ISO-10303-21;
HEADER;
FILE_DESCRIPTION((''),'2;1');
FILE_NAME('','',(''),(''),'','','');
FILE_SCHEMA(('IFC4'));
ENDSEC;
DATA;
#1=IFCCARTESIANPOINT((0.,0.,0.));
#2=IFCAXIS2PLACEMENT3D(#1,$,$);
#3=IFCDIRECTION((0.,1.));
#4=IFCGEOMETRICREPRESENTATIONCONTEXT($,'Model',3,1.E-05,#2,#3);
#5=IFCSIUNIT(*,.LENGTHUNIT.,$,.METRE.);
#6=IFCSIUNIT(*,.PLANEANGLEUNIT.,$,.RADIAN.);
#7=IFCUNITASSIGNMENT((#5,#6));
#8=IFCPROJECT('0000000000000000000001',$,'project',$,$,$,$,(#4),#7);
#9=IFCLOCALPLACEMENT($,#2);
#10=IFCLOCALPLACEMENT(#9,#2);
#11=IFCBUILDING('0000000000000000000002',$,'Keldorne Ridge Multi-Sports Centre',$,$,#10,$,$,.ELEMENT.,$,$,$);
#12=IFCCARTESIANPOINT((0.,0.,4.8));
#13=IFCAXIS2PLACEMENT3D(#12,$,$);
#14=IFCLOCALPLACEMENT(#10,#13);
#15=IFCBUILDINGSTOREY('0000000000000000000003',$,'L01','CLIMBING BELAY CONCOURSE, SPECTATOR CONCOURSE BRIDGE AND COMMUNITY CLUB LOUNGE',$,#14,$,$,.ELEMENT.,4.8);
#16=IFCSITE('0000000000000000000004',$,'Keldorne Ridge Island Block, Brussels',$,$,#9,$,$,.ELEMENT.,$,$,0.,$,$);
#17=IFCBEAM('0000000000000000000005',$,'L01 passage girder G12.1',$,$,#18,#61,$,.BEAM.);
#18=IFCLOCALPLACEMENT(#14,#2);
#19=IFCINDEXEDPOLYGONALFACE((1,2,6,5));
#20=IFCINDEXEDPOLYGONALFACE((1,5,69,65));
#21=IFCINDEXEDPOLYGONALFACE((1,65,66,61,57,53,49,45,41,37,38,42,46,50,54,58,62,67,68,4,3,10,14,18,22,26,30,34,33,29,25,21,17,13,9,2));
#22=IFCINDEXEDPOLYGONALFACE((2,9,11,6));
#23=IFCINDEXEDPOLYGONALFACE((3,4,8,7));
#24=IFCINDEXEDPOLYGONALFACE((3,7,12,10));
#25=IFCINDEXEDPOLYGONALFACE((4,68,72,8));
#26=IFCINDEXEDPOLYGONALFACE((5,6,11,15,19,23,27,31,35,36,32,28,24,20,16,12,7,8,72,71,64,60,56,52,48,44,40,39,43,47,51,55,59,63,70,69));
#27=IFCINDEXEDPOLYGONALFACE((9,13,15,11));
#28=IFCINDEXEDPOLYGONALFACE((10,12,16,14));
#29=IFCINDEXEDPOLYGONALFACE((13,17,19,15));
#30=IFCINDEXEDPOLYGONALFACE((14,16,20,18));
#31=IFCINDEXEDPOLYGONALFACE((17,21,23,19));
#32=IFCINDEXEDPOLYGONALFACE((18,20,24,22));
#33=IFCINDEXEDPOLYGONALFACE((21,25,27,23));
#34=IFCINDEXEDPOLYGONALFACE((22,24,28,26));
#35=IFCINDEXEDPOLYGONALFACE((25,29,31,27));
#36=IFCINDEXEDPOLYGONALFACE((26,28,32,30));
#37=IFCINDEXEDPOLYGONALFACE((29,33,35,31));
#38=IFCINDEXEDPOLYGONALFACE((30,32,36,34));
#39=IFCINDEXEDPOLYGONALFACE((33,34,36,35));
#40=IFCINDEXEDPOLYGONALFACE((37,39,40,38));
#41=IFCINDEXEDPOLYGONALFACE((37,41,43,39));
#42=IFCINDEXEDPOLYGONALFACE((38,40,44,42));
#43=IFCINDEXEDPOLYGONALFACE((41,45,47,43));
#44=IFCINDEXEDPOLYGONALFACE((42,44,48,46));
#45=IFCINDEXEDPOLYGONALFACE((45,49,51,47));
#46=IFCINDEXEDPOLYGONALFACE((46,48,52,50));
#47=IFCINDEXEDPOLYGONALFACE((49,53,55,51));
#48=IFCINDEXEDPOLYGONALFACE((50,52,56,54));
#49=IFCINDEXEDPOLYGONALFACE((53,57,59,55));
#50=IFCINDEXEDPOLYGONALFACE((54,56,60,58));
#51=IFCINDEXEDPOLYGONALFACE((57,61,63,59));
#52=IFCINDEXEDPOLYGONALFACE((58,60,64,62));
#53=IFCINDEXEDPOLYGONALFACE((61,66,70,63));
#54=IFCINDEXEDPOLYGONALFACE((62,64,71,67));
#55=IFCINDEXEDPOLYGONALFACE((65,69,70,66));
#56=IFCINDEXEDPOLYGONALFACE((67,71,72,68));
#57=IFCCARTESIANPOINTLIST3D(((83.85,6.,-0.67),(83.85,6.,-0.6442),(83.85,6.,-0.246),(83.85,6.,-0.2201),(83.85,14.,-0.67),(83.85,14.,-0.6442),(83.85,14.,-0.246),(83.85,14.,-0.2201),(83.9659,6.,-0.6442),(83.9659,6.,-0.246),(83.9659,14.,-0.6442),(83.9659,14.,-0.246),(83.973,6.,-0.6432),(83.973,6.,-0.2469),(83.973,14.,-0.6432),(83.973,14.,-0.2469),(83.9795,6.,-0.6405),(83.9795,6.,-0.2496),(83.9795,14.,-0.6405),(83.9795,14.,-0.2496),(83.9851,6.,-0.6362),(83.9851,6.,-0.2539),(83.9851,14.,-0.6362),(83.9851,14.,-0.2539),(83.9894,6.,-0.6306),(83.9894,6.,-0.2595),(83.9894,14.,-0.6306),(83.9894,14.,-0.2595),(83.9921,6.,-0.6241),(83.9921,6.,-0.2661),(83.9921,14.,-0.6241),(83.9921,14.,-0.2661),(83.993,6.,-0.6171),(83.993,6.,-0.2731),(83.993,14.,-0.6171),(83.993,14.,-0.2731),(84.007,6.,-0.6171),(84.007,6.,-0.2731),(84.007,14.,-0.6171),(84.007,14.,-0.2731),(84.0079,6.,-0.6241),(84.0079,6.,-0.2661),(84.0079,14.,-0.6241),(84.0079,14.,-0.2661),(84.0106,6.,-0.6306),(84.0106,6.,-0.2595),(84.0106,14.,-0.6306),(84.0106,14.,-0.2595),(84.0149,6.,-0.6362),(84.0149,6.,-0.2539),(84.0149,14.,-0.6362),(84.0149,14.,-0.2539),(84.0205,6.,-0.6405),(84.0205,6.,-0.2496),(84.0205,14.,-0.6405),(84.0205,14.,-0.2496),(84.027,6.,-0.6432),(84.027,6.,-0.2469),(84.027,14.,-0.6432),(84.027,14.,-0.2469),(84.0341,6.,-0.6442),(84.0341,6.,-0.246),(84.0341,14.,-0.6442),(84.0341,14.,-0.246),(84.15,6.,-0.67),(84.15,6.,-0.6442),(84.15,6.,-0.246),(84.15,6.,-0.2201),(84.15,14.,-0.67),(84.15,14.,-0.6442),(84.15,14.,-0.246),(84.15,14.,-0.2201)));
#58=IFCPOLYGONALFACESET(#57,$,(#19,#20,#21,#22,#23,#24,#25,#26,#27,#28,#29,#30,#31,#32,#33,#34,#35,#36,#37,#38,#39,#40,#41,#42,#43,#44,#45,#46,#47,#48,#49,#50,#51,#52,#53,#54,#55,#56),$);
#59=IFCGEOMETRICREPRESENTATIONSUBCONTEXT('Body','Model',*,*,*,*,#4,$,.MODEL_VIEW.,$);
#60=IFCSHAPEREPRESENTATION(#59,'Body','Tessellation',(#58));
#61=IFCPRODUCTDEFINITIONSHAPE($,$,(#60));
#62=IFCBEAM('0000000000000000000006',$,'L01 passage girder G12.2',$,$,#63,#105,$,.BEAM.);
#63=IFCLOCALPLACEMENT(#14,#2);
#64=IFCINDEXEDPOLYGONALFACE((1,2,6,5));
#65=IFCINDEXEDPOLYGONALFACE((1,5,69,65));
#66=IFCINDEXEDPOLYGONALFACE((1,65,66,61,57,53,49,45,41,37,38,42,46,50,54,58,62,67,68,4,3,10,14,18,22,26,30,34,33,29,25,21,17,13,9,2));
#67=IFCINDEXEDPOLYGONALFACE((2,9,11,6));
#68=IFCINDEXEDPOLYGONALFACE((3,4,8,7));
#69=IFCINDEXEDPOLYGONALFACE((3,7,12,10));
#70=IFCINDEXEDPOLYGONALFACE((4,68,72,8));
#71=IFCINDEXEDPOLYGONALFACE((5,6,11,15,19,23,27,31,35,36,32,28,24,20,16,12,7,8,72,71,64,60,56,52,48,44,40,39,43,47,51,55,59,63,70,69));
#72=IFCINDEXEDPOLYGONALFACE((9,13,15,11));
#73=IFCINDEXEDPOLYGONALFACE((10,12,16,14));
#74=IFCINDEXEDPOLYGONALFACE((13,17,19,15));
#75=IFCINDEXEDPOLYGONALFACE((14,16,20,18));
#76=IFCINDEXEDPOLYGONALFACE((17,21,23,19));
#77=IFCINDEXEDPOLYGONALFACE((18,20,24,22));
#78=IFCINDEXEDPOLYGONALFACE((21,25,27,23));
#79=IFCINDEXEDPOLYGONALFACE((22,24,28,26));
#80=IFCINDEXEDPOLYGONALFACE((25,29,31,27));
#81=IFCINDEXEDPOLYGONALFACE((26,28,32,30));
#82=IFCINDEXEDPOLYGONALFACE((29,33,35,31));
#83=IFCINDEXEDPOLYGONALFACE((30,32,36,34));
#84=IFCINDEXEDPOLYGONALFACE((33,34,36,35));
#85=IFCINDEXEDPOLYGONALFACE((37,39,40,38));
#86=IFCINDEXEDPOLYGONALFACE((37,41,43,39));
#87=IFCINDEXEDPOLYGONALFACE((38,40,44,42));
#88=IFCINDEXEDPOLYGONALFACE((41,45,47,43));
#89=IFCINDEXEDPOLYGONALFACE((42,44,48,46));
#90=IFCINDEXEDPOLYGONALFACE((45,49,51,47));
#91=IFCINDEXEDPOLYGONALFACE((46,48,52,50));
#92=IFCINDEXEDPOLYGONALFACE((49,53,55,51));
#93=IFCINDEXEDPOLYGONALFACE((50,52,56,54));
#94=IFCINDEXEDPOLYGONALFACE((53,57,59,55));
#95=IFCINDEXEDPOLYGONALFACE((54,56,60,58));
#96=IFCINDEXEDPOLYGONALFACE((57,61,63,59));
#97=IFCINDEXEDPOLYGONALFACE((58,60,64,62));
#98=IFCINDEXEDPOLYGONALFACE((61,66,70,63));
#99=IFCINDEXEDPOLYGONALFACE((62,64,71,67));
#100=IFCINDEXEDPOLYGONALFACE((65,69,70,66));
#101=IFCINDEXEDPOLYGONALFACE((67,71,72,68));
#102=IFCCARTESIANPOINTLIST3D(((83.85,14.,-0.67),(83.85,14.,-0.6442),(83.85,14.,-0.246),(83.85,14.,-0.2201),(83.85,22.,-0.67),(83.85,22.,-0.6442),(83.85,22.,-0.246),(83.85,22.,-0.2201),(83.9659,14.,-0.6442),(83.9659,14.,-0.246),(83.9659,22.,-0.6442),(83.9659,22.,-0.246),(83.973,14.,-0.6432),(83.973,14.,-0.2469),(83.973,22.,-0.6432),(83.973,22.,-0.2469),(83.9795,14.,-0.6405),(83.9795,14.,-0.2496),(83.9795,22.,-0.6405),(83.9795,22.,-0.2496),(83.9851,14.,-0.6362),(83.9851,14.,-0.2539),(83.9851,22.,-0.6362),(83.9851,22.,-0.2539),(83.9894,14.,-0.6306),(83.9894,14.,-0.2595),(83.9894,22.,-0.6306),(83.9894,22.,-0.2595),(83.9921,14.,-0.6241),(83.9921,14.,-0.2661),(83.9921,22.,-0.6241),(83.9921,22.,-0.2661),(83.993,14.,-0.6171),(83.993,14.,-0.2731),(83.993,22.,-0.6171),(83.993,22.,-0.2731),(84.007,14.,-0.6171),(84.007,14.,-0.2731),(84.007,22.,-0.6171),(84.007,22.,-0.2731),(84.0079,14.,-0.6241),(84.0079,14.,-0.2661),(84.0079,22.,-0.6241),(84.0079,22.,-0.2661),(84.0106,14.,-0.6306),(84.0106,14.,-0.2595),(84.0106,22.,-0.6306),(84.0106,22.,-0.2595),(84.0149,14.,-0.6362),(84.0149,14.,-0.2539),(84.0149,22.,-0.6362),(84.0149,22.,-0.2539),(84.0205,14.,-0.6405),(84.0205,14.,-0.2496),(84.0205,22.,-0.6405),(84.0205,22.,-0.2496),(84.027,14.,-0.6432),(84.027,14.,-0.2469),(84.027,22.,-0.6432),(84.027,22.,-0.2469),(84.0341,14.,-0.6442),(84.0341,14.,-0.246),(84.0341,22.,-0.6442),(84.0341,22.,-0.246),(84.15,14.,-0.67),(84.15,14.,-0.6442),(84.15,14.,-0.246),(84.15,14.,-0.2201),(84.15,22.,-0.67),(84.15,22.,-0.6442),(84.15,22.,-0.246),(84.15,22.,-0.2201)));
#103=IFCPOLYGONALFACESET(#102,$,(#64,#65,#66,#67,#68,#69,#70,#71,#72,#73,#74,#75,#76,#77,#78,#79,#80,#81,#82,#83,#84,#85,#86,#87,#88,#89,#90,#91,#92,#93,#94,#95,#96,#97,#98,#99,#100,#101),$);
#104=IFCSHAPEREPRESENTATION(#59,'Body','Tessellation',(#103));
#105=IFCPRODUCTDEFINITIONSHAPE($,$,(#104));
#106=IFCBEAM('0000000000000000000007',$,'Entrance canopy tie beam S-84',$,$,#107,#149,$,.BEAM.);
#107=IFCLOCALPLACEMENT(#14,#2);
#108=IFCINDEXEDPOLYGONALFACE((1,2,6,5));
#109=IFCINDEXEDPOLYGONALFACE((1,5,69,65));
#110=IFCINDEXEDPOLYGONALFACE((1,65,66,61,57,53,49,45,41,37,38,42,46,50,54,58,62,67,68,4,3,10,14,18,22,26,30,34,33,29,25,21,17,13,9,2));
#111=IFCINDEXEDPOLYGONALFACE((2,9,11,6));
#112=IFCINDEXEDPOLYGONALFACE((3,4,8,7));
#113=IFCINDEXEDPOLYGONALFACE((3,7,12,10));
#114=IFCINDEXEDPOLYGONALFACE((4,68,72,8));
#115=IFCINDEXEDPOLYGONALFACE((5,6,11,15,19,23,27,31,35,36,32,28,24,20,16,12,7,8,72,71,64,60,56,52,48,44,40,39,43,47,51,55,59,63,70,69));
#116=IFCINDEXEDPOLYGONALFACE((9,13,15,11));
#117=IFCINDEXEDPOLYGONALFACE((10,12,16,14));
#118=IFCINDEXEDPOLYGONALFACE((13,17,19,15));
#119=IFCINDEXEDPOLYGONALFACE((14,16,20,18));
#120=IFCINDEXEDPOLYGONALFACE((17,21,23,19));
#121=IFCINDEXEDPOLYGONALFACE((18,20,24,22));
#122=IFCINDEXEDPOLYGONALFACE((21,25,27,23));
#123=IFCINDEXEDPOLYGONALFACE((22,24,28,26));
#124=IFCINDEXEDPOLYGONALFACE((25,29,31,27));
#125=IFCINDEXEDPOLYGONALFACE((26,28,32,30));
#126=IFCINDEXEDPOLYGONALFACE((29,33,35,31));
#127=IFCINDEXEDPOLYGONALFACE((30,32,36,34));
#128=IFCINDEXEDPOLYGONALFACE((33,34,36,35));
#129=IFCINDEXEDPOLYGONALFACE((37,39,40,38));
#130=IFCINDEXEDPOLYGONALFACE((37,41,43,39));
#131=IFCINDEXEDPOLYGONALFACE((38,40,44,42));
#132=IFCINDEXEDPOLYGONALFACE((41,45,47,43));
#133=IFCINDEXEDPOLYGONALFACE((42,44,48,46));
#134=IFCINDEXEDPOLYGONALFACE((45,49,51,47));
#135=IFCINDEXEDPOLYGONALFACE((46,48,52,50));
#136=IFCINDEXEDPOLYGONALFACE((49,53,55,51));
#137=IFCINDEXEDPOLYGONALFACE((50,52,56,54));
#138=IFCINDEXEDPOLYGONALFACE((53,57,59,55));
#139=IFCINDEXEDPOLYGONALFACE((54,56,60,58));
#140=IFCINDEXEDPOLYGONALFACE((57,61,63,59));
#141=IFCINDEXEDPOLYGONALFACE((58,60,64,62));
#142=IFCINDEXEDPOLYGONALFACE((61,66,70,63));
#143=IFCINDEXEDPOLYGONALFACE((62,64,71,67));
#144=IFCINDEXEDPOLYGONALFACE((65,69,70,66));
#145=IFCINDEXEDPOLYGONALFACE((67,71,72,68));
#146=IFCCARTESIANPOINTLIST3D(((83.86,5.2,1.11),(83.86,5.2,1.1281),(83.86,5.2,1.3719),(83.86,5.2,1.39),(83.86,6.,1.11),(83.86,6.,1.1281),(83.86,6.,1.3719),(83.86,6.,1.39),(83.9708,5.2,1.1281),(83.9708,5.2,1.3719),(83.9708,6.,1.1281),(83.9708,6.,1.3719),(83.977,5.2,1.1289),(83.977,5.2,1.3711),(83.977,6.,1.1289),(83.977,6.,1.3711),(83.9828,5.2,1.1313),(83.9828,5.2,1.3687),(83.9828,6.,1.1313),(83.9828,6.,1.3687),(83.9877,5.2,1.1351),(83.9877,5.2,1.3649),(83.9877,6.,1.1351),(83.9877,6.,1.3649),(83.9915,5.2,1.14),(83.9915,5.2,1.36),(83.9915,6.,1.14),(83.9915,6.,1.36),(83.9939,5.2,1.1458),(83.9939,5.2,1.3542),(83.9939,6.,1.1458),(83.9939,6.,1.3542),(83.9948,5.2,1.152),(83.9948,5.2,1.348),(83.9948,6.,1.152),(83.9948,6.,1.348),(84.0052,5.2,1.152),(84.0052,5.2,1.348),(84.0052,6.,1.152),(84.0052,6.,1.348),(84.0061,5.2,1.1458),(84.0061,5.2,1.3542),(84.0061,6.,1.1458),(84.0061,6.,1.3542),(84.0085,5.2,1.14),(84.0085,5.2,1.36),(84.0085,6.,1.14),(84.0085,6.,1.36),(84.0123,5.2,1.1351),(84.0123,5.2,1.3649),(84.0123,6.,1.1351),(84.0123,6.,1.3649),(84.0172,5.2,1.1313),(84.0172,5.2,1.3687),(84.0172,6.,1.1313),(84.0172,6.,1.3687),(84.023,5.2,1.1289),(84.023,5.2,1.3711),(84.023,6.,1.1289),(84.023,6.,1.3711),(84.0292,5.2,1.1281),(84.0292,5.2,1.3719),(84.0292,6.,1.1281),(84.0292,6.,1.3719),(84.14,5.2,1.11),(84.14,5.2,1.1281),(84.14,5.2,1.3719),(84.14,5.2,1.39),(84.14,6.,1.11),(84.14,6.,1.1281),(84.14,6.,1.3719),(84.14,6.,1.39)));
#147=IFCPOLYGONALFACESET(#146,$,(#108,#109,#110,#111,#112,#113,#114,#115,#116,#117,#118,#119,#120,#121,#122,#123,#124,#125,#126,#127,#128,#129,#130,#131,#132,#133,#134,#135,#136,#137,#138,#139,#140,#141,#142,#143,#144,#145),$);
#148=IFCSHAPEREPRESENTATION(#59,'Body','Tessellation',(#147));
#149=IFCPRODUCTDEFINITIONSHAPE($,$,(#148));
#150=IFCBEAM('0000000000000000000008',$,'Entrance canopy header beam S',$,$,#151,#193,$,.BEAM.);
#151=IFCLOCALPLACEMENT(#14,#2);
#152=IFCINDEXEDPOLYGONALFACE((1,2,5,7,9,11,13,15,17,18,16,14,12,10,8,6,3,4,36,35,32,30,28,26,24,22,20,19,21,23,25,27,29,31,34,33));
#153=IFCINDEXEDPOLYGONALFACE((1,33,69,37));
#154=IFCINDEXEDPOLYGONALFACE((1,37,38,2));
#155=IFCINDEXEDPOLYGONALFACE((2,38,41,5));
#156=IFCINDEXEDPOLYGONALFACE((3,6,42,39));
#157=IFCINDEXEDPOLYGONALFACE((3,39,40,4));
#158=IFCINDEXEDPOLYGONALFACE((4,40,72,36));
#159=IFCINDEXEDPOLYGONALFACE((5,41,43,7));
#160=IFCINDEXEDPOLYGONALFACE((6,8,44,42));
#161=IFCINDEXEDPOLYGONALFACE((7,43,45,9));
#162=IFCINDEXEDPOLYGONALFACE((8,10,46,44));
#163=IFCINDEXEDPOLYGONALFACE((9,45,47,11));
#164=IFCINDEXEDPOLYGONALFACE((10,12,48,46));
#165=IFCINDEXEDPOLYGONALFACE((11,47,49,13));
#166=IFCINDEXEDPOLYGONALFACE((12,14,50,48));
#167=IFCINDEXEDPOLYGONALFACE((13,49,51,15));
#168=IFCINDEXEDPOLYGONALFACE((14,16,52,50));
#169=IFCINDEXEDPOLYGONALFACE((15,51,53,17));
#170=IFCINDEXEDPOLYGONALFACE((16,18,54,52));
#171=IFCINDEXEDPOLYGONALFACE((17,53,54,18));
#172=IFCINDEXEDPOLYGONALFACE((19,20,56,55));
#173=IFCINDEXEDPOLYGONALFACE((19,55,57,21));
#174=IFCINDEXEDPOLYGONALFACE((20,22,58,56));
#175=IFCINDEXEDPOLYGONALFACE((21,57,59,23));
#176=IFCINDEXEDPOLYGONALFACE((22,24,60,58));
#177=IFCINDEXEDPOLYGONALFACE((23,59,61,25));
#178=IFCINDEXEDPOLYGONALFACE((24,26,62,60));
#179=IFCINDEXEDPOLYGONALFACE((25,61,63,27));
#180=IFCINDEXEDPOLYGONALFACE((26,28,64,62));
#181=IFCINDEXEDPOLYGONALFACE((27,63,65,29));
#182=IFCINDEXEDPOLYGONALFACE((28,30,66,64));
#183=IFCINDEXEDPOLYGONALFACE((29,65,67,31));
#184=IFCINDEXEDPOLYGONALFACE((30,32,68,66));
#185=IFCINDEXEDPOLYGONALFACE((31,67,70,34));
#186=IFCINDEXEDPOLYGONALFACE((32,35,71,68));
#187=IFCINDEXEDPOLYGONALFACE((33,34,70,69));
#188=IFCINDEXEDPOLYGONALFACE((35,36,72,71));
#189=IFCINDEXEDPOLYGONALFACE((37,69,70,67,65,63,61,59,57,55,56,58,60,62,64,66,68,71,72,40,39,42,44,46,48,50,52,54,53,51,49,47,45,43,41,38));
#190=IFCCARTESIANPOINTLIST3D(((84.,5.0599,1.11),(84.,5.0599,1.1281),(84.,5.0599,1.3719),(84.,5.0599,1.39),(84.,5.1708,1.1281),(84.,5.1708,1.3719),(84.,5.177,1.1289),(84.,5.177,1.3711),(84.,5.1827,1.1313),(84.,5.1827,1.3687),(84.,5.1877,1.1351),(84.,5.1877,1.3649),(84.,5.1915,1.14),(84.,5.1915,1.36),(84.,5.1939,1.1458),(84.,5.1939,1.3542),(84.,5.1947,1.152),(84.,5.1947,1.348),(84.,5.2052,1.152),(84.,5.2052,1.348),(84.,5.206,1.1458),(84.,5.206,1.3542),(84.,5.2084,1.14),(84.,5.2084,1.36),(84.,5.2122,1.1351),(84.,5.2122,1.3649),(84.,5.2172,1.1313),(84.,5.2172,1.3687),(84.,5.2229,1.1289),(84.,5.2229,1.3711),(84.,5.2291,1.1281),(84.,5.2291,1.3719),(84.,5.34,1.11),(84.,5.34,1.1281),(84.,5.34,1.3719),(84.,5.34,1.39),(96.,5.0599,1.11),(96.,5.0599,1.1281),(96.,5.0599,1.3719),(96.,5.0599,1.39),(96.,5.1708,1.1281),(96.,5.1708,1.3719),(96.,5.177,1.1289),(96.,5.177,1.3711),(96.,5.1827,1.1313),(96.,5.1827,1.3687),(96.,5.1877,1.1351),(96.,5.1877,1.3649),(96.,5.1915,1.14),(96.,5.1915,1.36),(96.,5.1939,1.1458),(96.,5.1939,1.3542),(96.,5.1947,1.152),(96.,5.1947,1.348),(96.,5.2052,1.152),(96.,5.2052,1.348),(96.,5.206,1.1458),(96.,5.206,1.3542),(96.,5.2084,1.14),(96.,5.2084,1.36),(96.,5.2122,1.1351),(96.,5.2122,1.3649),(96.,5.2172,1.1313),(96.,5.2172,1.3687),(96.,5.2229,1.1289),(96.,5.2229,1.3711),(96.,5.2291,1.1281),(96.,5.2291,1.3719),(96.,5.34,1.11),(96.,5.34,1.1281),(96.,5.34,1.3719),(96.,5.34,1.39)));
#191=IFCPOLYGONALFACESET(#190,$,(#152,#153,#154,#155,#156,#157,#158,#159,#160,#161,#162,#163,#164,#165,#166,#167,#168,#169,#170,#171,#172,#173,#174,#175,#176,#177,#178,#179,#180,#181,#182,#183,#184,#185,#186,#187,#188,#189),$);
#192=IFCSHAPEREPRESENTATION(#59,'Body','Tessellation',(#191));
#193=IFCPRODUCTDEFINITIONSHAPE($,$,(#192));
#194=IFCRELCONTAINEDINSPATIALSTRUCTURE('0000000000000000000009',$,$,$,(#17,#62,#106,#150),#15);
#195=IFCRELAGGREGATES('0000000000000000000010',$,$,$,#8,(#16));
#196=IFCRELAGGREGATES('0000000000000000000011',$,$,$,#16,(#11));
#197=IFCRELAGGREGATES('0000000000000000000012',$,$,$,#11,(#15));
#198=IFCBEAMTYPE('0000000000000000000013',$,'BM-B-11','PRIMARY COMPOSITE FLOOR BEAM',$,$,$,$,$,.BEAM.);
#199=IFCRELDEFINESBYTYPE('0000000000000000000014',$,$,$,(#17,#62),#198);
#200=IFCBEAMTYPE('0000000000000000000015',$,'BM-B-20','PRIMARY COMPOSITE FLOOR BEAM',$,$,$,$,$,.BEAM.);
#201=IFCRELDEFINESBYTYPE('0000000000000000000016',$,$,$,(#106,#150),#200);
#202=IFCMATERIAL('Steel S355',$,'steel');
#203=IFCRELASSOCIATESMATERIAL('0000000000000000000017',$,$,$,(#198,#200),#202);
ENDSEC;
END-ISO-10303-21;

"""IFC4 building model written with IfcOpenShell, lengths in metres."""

from ifc_helpers import new_model, si_unit, direction, frame, origin, origin_2d, place, context, subcontext, project, spatial, i_section, extrude, material, material_profile, profile_set, type_object, element, save


model = new_model("IFC4")

# Units and contexts
model_context = context("Model", 3, precision=1e-05, world=origin(), true_north=direction((0.0, 1.0)))
body_context = subcontext(model_context, "Body", "Model", "MODEL_VIEW")
ifc_project = project(units=[si_unit("LENGTHUNIT", "METRE"), si_unit("PLANEANGLEUNIT", "RADIAN")], contexts=[model_context])

# Site, building, storey
site_placement = place(None, origin())
site = spatial("IfcSite", under=ifc_project, at=site_placement, Name="Keldorne Ridge Island Block, Brussels", CompositionType="ELEMENT", RefElevation=0.0)
building_placement = place(site_placement, origin())
building = spatial("IfcBuilding", under=site, at=building_placement, Name="Keldorne Ridge Multi-Sports Centre", CompositionType="ELEMENT")
storey_placement = place(building_placement, frame((0.0, 0.0, 4.8)))
storey = spatial("IfcBuildingStorey", under=building, at=storey_placement, Name="L01", Description="CLIMBING BELAY CONCOURSE, SPECTATOR CONCOURSE BRIDGE AND COMMUNITY CLUB LOUNGE", CompositionType="ELEMENT", Elevation=4.8)

# Shared definitions
ifc_material_1 = material(Name="Steel S355", Category="steel")

# Beams
ifc_material_profile_1 = material_profile(ifc_material_1, i_section(OverallWidth=0.3, OverallDepth=0.45, WebThickness=0.0139, FlangeThickness=0.0259, FilletRadius=0.0271, at=origin_2d()), Name="HEB 450")
ifc_profile_set_1 = profile_set([ifc_material_profile_1], Name="Steel S355")
beam_type_1 = type_object("IfcBeamType", Name="BM-B-11", Description="PRIMARY COMPOSITE FLOOR BEAM", PredefinedType="BEAM", material=ifc_profile_set_1)
for number, where, z_axis, x_axis, name in (
    (1, (84.0, 6.0, -0.4451), (0.0, 1.0, 0.0), (-1.0, 0.0, 0.0), "L01 passage girder G12.1"),
    (2, (84.0, 14.0, -0.4451), (0.0, 1.0, 0.0), (-1.0, 0.0, 0.0), "L01 passage girder G12.2"),
):
    element("IfcBeam", number, at=place(storey_placement, frame(where, z_axis=z_axis, x_axis=x_axis)), inside=storey, type_object=beam_type_1, Name=name, PredefinedType="BEAM", context=body_context, shape_type="SweptSolid", body=[
        extrude(i_section(OverallWidth=0.3, OverallDepth=0.45, WebThickness=0.0139, FlangeThickness=0.0259, FilletRadius=0.0271, at=origin_2d()), origin(), (0.0, 0.0, 1.0), 8.0),
    ])
ifc_material_profile_2 = material_profile(ifc_material_1, i_section(OverallWidth=0.28, OverallDepth=0.28, WebThickness=0.0105, FlangeThickness=0.0181, FilletRadius=0.0239, at=origin_2d()), Name="HEB 280")
ifc_profile_set_2 = profile_set([ifc_material_profile_2], Name="Steel S355")
beam_type_2 = type_object("IfcBeamType", Name="BM-B-20", Description="PRIMARY COMPOSITE FLOOR BEAM", PredefinedType="BEAM", material=ifc_profile_set_2)
beam_1_placement = place(storey_placement, frame((84.0, 5.2, 1.25), z_axis=(0.0, 1.0, 0.0), x_axis=(-1.0, 0.0, 0.0)))
element("IfcBeam", 3, at=beam_1_placement, inside=storey, type_object=beam_type_2, Name="Entrance canopy tie beam S-84", PredefinedType="BEAM", context=body_context, shape_type="SweptSolid", body=[
    extrude(i_section(OverallWidth=0.28, OverallDepth=0.28, WebThickness=0.0105, FlangeThickness=0.0181, FilletRadius=0.0239, at=origin_2d()), origin(), (0.0, 0.0, 1.0), 0.8),
])
beam_2_placement = place(storey_placement, frame((84.0, 5.2, 1.25), z_axis=(1.0, 0.0, 0.0), x_axis=(0.0, 1.0, 0.0)))
element("IfcBeam", 4, at=beam_2_placement, inside=storey, type_object=beam_type_2, Name="Entrance canopy header beam S", PredefinedType="BEAM", context=body_context, shape_type="SweptSolid", body=[
    extrude(i_section(OverallWidth=0.28, OverallDepth=0.28, WebThickness=0.0105, FlangeThickness=0.0181, FilletRadius=0.0239, at=origin_2d()), origin(), (0.0, 0.0, 1.0), 12.0),
])

save(model, "model.ifc")
